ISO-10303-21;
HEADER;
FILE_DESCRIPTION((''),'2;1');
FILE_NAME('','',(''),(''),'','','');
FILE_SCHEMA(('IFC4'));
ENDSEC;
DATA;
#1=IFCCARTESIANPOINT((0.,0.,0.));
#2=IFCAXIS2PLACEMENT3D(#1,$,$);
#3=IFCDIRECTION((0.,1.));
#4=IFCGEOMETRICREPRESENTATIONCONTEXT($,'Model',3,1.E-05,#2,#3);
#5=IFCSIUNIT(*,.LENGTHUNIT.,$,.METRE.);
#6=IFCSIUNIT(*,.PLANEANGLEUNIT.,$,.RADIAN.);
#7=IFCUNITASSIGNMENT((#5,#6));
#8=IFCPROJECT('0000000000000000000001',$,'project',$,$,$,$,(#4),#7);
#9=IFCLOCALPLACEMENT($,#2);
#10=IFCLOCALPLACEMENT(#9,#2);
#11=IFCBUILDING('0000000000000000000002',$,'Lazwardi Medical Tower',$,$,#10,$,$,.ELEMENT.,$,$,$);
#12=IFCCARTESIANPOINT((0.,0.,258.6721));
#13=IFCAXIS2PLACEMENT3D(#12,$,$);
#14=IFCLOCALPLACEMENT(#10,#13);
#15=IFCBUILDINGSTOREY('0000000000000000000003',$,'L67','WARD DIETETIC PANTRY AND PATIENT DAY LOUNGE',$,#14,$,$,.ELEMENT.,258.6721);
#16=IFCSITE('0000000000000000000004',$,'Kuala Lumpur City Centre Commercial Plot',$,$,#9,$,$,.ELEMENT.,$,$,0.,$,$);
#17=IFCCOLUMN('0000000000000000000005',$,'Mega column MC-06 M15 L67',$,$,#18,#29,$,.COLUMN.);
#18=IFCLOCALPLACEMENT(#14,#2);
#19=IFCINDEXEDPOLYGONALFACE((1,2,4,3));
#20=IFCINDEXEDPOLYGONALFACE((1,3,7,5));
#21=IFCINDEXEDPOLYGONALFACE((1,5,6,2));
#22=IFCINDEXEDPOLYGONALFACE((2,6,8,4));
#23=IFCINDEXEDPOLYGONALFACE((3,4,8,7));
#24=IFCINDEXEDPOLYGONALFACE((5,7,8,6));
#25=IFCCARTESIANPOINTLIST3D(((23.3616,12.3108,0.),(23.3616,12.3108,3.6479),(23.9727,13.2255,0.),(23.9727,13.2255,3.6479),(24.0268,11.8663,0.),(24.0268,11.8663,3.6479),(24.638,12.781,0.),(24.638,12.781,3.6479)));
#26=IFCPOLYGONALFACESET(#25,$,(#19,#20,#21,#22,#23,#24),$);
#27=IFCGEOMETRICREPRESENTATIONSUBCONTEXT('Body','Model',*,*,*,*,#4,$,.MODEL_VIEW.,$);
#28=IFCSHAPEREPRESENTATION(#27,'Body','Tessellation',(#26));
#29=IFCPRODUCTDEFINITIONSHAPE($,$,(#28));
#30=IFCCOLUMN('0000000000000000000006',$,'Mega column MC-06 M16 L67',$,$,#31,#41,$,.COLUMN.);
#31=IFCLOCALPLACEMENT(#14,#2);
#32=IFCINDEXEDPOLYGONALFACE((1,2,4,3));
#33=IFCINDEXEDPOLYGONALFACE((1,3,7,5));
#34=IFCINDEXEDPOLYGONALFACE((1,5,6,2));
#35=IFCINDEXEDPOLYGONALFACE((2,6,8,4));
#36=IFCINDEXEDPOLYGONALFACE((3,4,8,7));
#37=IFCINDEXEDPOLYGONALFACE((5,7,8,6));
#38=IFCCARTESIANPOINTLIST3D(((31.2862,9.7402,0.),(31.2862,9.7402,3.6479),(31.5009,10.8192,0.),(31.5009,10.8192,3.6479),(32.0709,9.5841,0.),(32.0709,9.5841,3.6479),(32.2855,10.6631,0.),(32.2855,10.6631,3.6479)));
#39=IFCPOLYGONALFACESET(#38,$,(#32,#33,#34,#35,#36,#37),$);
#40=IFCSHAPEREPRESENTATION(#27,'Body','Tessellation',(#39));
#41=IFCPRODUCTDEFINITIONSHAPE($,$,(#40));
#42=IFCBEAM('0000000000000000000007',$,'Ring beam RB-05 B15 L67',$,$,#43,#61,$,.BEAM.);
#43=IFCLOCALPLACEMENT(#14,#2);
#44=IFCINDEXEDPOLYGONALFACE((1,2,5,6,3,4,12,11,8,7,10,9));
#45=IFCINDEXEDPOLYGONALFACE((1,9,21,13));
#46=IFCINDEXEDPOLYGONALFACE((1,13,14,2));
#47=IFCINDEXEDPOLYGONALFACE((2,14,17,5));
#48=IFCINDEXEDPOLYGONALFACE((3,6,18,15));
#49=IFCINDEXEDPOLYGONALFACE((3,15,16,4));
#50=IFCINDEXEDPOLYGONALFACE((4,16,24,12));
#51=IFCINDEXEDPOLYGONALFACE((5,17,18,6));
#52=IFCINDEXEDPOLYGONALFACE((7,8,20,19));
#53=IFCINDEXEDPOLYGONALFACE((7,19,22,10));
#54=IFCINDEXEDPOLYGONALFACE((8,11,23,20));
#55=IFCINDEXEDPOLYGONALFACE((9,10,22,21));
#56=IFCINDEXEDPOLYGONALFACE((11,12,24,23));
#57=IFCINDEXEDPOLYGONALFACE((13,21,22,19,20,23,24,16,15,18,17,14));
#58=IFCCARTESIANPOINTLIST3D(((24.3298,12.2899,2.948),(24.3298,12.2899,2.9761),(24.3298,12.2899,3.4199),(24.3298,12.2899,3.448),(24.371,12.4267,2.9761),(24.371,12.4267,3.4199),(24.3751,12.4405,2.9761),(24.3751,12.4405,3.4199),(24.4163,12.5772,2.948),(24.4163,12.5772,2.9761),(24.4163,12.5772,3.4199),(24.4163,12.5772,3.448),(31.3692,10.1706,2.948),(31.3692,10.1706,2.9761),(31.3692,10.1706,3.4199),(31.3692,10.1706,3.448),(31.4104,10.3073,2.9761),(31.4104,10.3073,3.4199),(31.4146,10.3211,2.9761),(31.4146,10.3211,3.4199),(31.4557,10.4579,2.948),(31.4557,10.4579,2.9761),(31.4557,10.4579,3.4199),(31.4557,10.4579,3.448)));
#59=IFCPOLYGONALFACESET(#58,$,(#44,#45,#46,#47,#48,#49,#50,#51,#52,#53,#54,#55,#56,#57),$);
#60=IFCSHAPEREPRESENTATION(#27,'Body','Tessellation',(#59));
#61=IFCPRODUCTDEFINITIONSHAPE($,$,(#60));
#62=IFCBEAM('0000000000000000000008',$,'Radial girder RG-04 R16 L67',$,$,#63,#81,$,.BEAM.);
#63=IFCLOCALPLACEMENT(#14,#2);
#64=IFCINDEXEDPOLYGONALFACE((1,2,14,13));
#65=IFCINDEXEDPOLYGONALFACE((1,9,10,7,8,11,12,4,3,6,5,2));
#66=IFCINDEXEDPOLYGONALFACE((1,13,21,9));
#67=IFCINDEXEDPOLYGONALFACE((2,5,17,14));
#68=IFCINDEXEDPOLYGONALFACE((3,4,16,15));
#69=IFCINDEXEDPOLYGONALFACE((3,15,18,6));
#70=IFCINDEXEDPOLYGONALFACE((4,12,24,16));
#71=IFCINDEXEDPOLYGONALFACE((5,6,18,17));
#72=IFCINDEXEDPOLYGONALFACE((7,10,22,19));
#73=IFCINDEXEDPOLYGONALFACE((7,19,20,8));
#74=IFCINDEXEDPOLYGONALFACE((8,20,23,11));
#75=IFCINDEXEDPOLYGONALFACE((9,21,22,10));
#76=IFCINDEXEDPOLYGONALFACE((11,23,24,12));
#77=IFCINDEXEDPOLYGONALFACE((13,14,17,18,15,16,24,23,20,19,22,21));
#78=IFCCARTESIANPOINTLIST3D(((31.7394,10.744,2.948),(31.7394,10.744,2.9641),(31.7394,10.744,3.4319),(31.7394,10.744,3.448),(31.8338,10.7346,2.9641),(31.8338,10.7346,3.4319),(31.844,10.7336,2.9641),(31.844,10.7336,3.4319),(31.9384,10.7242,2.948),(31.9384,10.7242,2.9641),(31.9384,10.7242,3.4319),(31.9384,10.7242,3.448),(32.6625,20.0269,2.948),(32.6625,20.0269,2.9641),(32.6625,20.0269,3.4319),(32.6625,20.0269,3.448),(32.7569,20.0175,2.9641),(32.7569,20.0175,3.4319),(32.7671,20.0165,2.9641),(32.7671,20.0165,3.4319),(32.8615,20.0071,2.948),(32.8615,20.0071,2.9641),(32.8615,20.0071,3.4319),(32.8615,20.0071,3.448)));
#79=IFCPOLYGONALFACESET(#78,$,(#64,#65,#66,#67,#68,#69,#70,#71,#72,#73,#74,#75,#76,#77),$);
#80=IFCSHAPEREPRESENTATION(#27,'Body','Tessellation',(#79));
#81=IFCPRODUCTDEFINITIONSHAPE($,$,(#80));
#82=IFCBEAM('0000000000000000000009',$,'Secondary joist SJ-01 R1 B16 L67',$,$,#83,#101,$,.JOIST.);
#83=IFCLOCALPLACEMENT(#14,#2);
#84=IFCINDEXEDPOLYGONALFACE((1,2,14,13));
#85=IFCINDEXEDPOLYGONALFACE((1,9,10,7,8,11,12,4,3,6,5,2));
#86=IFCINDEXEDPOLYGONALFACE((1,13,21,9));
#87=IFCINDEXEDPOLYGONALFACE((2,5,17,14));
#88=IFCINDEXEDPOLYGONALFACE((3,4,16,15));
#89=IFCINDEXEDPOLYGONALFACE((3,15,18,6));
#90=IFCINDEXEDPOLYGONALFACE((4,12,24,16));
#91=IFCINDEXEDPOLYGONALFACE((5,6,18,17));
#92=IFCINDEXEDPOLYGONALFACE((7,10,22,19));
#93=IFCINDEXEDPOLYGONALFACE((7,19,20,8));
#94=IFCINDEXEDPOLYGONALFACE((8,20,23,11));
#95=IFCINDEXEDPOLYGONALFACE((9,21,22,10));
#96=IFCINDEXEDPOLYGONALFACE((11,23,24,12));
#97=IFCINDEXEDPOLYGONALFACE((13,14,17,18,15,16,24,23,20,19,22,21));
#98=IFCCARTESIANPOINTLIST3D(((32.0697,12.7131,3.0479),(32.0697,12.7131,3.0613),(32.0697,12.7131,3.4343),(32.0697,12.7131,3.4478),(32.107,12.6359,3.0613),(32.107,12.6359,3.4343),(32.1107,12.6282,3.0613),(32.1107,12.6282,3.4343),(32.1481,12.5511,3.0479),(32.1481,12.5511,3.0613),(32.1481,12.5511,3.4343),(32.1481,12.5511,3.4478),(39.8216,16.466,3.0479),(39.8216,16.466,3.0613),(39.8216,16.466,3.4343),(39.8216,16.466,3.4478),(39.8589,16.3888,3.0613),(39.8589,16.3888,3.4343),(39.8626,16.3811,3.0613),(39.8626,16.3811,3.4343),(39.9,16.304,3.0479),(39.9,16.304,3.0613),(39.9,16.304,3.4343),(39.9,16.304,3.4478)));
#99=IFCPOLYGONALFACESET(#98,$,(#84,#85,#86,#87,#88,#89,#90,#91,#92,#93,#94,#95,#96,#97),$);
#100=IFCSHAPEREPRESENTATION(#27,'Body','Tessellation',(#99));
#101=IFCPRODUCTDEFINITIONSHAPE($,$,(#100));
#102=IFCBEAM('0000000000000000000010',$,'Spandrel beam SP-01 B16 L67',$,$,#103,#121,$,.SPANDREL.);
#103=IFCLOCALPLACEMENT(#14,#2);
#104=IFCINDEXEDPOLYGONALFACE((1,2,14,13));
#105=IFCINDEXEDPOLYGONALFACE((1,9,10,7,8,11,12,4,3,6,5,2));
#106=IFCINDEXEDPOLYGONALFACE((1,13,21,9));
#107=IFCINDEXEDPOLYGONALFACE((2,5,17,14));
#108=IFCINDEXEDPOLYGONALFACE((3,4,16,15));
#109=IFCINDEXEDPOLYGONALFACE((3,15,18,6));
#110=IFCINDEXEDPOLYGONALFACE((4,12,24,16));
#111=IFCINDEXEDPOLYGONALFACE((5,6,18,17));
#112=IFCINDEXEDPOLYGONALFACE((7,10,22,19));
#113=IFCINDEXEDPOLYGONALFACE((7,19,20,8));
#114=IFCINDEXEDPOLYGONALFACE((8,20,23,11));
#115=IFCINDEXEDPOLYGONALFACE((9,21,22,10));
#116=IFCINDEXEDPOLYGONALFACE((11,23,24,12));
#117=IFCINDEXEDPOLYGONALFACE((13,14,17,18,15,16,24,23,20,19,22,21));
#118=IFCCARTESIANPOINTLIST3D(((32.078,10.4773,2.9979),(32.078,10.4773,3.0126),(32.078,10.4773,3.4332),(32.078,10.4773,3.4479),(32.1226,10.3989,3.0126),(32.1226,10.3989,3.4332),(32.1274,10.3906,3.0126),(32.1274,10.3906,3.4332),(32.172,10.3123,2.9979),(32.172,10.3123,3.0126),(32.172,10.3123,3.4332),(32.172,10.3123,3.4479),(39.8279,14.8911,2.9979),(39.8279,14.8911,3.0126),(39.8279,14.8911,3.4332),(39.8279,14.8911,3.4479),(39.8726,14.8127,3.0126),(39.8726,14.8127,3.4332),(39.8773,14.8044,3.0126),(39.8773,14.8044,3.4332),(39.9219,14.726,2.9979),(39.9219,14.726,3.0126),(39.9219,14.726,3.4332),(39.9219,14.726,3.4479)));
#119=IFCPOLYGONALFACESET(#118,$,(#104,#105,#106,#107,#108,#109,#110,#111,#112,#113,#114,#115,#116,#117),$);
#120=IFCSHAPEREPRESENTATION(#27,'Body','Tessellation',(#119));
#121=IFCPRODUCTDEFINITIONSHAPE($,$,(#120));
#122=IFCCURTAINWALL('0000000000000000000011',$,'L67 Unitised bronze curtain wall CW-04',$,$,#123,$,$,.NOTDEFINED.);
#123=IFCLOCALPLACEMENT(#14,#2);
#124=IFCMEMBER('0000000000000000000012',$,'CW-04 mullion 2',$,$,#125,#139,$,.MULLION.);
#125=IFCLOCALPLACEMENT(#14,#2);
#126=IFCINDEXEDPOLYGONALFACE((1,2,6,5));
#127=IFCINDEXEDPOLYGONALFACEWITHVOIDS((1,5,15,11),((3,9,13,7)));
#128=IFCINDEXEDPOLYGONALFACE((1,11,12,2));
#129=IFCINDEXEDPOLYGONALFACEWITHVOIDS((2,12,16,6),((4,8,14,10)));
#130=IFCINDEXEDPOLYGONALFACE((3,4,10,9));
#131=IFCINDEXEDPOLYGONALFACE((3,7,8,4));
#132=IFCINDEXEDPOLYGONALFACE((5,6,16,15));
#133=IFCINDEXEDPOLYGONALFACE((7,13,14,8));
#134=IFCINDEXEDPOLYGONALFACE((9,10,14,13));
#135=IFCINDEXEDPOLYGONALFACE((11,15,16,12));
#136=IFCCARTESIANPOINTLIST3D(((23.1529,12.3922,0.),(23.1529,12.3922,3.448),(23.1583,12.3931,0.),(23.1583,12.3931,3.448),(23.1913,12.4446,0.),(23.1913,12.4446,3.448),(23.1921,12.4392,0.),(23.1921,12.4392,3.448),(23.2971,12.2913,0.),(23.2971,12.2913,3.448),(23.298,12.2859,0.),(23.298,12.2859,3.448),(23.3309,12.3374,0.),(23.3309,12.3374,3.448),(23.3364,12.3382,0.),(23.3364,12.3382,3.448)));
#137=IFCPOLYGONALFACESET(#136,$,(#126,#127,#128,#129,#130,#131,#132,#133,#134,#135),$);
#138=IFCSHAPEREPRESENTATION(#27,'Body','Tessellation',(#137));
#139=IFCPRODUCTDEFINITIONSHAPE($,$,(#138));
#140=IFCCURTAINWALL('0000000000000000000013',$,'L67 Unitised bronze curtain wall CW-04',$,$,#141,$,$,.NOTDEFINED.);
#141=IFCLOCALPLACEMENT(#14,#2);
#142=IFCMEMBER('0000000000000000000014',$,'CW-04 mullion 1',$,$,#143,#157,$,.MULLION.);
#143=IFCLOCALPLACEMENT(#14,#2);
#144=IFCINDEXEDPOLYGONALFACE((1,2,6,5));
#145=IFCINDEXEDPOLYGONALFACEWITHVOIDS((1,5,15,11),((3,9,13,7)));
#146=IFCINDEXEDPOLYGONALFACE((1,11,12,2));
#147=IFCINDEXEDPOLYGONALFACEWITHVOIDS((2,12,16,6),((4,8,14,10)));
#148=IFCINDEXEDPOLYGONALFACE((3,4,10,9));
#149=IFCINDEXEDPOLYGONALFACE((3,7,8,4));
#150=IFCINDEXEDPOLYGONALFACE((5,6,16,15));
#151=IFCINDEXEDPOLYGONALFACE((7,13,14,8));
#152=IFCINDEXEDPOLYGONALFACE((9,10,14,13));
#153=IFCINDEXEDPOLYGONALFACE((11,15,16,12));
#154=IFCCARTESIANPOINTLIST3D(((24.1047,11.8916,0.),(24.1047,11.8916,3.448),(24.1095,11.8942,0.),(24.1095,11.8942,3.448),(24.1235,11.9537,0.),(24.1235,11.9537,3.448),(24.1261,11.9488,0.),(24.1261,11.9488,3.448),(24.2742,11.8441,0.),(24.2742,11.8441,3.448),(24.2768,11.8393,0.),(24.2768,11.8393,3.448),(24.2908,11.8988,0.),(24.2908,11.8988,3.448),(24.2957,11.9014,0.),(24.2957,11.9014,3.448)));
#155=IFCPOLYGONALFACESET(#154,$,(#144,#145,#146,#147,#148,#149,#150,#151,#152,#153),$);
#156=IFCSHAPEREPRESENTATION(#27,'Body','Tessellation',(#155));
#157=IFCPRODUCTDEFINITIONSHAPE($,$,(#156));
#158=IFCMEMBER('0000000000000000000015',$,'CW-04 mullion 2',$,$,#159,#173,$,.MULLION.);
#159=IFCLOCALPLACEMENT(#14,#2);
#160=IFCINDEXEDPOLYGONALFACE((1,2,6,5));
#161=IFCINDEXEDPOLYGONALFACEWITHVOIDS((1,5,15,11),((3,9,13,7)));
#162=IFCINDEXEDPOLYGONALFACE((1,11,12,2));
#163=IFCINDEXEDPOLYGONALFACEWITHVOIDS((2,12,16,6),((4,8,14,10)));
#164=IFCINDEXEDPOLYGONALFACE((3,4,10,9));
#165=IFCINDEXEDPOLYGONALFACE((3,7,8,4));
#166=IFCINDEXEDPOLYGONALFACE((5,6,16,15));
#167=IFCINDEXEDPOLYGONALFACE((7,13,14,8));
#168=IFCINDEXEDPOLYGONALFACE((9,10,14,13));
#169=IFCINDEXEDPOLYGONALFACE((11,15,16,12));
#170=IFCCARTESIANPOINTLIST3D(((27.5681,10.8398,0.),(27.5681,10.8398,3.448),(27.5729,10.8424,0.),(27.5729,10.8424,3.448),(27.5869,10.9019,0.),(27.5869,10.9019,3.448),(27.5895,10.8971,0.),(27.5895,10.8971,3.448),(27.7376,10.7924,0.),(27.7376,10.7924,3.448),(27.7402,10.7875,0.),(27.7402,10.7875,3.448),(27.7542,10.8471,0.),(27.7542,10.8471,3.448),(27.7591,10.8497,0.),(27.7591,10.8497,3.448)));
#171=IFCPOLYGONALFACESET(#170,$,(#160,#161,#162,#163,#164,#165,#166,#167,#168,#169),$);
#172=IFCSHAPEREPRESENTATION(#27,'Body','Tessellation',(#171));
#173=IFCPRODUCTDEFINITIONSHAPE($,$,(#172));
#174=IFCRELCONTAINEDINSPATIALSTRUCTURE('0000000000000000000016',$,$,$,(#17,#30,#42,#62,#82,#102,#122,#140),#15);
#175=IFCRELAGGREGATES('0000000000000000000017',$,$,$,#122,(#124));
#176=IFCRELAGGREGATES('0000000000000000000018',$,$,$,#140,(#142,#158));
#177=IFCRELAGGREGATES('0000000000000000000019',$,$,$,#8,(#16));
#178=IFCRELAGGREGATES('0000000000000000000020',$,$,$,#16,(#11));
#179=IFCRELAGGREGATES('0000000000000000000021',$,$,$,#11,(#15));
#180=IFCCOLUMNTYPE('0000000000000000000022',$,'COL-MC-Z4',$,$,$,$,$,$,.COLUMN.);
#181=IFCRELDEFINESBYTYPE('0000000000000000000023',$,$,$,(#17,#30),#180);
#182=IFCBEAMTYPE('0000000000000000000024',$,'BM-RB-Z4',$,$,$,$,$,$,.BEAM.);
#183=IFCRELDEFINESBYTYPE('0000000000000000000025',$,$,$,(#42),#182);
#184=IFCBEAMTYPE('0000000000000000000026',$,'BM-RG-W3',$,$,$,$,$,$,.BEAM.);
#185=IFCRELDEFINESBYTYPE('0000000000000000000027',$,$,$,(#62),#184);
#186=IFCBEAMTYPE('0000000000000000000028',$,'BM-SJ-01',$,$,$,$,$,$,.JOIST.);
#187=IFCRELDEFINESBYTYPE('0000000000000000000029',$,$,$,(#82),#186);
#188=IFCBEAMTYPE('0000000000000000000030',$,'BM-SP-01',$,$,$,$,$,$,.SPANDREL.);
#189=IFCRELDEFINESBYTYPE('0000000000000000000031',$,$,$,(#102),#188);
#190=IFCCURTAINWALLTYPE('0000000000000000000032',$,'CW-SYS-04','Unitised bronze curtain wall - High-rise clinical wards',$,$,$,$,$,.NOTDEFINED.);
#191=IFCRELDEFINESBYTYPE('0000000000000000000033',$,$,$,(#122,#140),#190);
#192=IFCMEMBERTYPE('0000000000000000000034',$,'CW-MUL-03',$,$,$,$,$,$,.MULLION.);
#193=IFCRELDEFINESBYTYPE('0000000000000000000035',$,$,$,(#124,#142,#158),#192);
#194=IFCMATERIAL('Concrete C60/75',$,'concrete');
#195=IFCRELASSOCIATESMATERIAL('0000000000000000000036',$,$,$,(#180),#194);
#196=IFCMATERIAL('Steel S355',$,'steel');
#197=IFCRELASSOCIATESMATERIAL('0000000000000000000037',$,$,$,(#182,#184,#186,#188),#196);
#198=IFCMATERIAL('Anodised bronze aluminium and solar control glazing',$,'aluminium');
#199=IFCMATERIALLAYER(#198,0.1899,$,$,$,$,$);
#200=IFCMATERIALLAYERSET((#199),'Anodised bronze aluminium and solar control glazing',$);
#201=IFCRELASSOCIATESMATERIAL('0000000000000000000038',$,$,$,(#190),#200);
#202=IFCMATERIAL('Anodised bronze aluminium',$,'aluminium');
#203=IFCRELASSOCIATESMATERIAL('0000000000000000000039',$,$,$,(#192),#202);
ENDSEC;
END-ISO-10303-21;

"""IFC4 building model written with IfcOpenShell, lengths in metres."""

from ifc_helpers import new_model, si_unit, direction, frame, origin, origin_2d, place, context, subcontext, project, spatial, rectangle, hollow_rectangle, i_section, extrude, material, layer, layer_set, material_profile, profile_set, type_object, element, aggregate, save


model = new_model("IFC4")

# Units and contexts
model_context = context("Model", 3, precision=1e-05, world=origin(), true_north=direction((0.0, 1.0)))
body_context = subcontext(model_context, "Body", "Model", "MODEL_VIEW")
ifc_project = project(units=[si_unit("LENGTHUNIT", "METRE"), si_unit("PLANEANGLEUNIT", "RADIAN")], contexts=[model_context])

# Site, building, storey
site_placement = place(None, origin())
site = spatial("IfcSite", under=ifc_project, at=site_placement, Name="Kuala Lumpur City Centre Commercial Plot", CompositionType="ELEMENT", RefElevation=0.0)
building_placement = place(site_placement, origin())
building = spatial("IfcBuilding", under=site, at=building_placement, Name="Lazwardi Medical Tower", CompositionType="ELEMENT")
storey_placement = place(building_placement, frame((0.0, 0.0, 258.6721)))
storey = spatial("IfcBuildingStorey", under=building, at=storey_placement, Name="L67", Description="WARD DIETETIC PANTRY AND PATIENT DAY LOUNGE", CompositionType="ELEMENT", Elevation=258.6721)

# Columns
ifc_material_1 = material(Name="Concrete C60/75", Category="concrete")
ifc_material_profile_1 = material_profile(ifc_material_1, rectangle(XDim=1.1001, YDim=0.8, at=origin_2d()), Name="CFT-RECT 1100x800")
ifc_profile_set_1 = profile_set([ifc_material_profile_1], Name="Concrete C60/75")
column_type = type_object("IfcColumnType", Name="COL-MC-Z4", PredefinedType="COLUMN", material=ifc_profile_set_1)
for number, where, z_axis, x_axis, name in (
    (1, (23.9998, 12.5459, 0.0), (0.0, 0.0, 1.0), (-0.55557, -0.83147, 0.0), "Mega column MC-06 M15 L67"),
    (2, (31.7859, 10.2017, 0.0), (0.0, 0.0, 1.0), (-0.19509, -0.980785, 0.0), "Mega column MC-06 M16 L67"),
):
    element("IfcColumn", number, at=place(storey_placement, frame(where, z_axis=z_axis, x_axis=x_axis)), inside=storey, type_object=column_type, Name=name, PredefinedType="COLUMN", context=body_context, shape_type="SweptSolid", body=[
        extrude(rectangle(XDim=1.1001, YDim=0.8, at=origin_2d()), origin(), (0.0, 0.0, 1.0), 3.6479),
    ])

# Beams
ifc_material_2 = material(Name="Steel S355", Category="steel")
ifc_material_profile_2 = material_profile(ifc_material_2, i_section(OverallWidth=0.3, OverallDepth=0.5, WebThickness=0.0144, FlangeThickness=0.0281, at=origin_2d()), Name="HEB 500")
ifc_profile_set_2 = profile_set([ifc_material_profile_2], Name="Steel S355")
beam_type_1 = type_object("IfcBeamType", Name="BM-RB-Z4", PredefinedType="BEAM", material=ifc_profile_set_2)
beam_1_placement = place(storey_placement, frame((24.373, 12.4336, 3.198), z_axis=(0.957544, -0.288286, 0.0), x_axis=(0.288286, 0.957544, 0.0)))
element("IfcBeam", 3, at=beam_1_placement, inside=storey, type_object=beam_type_1, Name="Ring beam RB-05 B15 L67", PredefinedType="BEAM", context=body_context, shape_type="SweptSolid", body=[
    extrude(i_section(OverallWidth=0.3, OverallDepth=0.5, WebThickness=0.0144, FlangeThickness=0.0281, at=origin_2d()), origin(), (0.0, 0.0, 1.0), 7.3516),
])
ifc_material_profile_3 = material_profile(ifc_material_2, i_section(OverallWidth=0.2, OverallDepth=0.5, WebThickness=0.0103, FlangeThickness=0.0161, at=origin_2d()), Name="IPE 500")
ifc_profile_set_3 = profile_set([ifc_material_profile_3], Name="Steel S355")
beam_type_2 = type_object("IfcBeamType", Name="BM-RG-W3", PredefinedType="BEAM", material=ifc_profile_set_3)
beam_2_placement = place(storey_placement, frame((31.8389, 10.7341, 3.198), z_axis=(0.098954, 0.995092, 0.0), x_axis=(-0.995092, 0.098954, 0.0)))
element("IfcBeam", 4, at=beam_2_placement, inside=storey, type_object=beam_type_2, Name="Radial girder RG-04 R16 L67", PredefinedType="BEAM", context=body_context, shape_type="SweptSolid", body=[
    extrude(i_section(OverallWidth=0.2, OverallDepth=0.5, WebThickness=0.0103, FlangeThickness=0.0161, at=origin_2d()), origin(), (0.0, 0.0, 1.0), 9.3286),
])
ifc_material_profile_4 = material_profile(ifc_material_2, i_section(OverallWidth=0.1799, OverallDepth=0.3999, WebThickness=0.0085, FlangeThickness=0.0134, at=origin_2d()), Name="IPE 400")
ifc_profile_set_4 = profile_set([ifc_material_profile_4], Name="Steel S355")
beam_type_3 = type_object("IfcBeamType", Name="BM-SJ-01", PredefinedType="JOIST", material=ifc_profile_set_4)
beam_3_placement = place(storey_placement, frame((32.1089, 12.6321, 3.2478), z_axis=(0.900069, 0.435748, 0.0), x_axis=(-0.435748, 0.900069, 0.0)))
element("IfcBeam", 5, at=beam_3_placement, inside=storey, type_object=beam_type_3, Name="Secondary joist SJ-01 R1 B16 L67", PredefinedType="JOIST", context=body_context, shape_type="SweptSolid", body=[
    extrude(i_section(OverallWidth=0.1799, OverallDepth=0.3999, WebThickness=0.0085, FlangeThickness=0.0134, at=origin_2d()), origin(), (0.0, 0.0, 1.0), 8.6125),
])
ifc_material_profile_5 = material_profile(ifc_material_2, i_section(OverallWidth=0.1899, OverallDepth=0.45, WebThickness=0.0095, FlangeThickness=0.0146, at=origin_2d()), Name="IPE 450")
ifc_profile_set_5 = profile_set([ifc_material_profile_5], Name="Steel S355")
beam_type_4 = type_object("IfcBeamType", Name="BM-SP-01", PredefinedType="SPANDREL", material=ifc_profile_set_5)
beam_4_placement = place(storey_placement, frame((32.125, 10.3948, 3.2229), z_axis=(0.868955, 0.494891, 0.0), x_axis=(-0.494891, 0.868955, 0.0)))
element("IfcBeam", 6, at=beam_4_placement, inside=storey, type_object=beam_type_4, Name="Spandrel beam SP-01 B16 L67", PredefinedType="SPANDREL", context=body_context, shape_type="SweptSolid", body=[
    extrude(i_section(OverallWidth=0.1899, OverallDepth=0.45, WebThickness=0.0095, FlangeThickness=0.0146, at=origin_2d()), origin(), (0.0, 0.0, 1.0), 8.9187),
])

# Curtain wall, member
ifc_material_3 = material(Name="Anodised bronze aluminium and solar control glazing", Category="aluminium")
ifc_layer_1 = layer(ifc_material_3, 0.1899)
ifc_layer_set_1 = layer_set([ifc_layer_1], Name="Anodised bronze aluminium and solar control glazing")
curtain_wall_type = type_object("IfcCurtainWallType", Name="CW-SYS-04", Description="Unitised bronze curtain wall - High-rise clinical wards", PredefinedType="NOTDEFINED", material=ifc_layer_set_1)
curtain_wall_1_placement = place(storey_placement, origin())
curtain_wall_1 = element("IfcCurtainWall", 7, at=curtain_wall_1_placement, inside=storey, type_object=curtain_wall_type, Name="L67 Unitised bronze curtain wall CW-04", PredefinedType="NOTDEFINED")
ifc_material_4 = material(Name="Anodised bronze aluminium", Category="aluminium")
ifc_material_profile_6 = material_profile(ifc_material_4, hollow_rectangle(XDim=0.0649, YDim=0.1799, WallThickness=0.0039, at=origin_2d()), Name="ALU-MULLION 180x65x4")
ifc_profile_set_6 = profile_set([ifc_material_profile_6], Name="Anodised bronze aluminium")
member_type_1 = type_object("IfcMemberType", Name="CW-MUL-03", PredefinedType="MULLION", material=ifc_profile_set_6)
member_1_placement = place(storey_placement, frame((23.2446, 12.3652, 0.0), z_axis=(0.0, 0.0, 1.0), x_axis=(0.591268, 0.806475, 0.0)))
member_1 = element("IfcMember", 8, at=member_1_placement, type_object=member_type_1, Name="CW-04 mullion 2", PredefinedType="MULLION", context=body_context, shape_type="SweptSolid", body=[
    extrude(hollow_rectangle(XDim=0.0649, YDim=0.1799, WallThickness=0.0039, at=origin_2d()), origin(), (0.0, 0.0, 1.0), 3.448),
])
aggregate(curtain_wall_1, [member_1])

# Curtain wall, members
curtain_wall_2_placement = place(storey_placement, origin())
curtain_wall_2 = element("IfcCurtainWall", 9, at=curtain_wall_2_placement, inside=storey, type_object=curtain_wall_type, Name="L67 Unitised bronze curtain wall CW-04", PredefinedType="NOTDEFINED")
member_2_placement = place(storey_placement, frame((24.2002, 11.8965, 0.0), z_axis=(0.0, 0.0, 1.0), x_axis=(0.290582, 0.95685, 0.0)))
member_2 = element("IfcMember", 10, at=member_2_placement, type_object=member_type_1, Name="CW-04 mullion 1", PredefinedType="MULLION", context=body_context, shape_type="SweptSolid", body=[
    extrude(hollow_rectangle(XDim=0.0649, YDim=0.1799, WallThickness=0.0039, at=origin_2d()), origin(), (0.0, 0.0, 1.0), 3.448),
])
member_3_placement = place(storey_placement, frame((27.6636, 10.8447, 0.0), z_axis=(0.0, 0.0, 1.0), x_axis=(0.290582, 0.95685, 0.0)))
member_3 = element("IfcMember", 11, at=member_3_placement, type_object=member_type_1, Name="CW-04 mullion 2", PredefinedType="MULLION", context=body_context, shape_type="SweptSolid", body=[
    extrude(hollow_rectangle(XDim=0.0649, YDim=0.1799, WallThickness=0.0039, at=origin_2d()), origin(), (0.0, 0.0, 1.0), 3.448),
])
aggregate(curtain_wall_2, [member_2, member_3])

save(model, "model.ifc")
